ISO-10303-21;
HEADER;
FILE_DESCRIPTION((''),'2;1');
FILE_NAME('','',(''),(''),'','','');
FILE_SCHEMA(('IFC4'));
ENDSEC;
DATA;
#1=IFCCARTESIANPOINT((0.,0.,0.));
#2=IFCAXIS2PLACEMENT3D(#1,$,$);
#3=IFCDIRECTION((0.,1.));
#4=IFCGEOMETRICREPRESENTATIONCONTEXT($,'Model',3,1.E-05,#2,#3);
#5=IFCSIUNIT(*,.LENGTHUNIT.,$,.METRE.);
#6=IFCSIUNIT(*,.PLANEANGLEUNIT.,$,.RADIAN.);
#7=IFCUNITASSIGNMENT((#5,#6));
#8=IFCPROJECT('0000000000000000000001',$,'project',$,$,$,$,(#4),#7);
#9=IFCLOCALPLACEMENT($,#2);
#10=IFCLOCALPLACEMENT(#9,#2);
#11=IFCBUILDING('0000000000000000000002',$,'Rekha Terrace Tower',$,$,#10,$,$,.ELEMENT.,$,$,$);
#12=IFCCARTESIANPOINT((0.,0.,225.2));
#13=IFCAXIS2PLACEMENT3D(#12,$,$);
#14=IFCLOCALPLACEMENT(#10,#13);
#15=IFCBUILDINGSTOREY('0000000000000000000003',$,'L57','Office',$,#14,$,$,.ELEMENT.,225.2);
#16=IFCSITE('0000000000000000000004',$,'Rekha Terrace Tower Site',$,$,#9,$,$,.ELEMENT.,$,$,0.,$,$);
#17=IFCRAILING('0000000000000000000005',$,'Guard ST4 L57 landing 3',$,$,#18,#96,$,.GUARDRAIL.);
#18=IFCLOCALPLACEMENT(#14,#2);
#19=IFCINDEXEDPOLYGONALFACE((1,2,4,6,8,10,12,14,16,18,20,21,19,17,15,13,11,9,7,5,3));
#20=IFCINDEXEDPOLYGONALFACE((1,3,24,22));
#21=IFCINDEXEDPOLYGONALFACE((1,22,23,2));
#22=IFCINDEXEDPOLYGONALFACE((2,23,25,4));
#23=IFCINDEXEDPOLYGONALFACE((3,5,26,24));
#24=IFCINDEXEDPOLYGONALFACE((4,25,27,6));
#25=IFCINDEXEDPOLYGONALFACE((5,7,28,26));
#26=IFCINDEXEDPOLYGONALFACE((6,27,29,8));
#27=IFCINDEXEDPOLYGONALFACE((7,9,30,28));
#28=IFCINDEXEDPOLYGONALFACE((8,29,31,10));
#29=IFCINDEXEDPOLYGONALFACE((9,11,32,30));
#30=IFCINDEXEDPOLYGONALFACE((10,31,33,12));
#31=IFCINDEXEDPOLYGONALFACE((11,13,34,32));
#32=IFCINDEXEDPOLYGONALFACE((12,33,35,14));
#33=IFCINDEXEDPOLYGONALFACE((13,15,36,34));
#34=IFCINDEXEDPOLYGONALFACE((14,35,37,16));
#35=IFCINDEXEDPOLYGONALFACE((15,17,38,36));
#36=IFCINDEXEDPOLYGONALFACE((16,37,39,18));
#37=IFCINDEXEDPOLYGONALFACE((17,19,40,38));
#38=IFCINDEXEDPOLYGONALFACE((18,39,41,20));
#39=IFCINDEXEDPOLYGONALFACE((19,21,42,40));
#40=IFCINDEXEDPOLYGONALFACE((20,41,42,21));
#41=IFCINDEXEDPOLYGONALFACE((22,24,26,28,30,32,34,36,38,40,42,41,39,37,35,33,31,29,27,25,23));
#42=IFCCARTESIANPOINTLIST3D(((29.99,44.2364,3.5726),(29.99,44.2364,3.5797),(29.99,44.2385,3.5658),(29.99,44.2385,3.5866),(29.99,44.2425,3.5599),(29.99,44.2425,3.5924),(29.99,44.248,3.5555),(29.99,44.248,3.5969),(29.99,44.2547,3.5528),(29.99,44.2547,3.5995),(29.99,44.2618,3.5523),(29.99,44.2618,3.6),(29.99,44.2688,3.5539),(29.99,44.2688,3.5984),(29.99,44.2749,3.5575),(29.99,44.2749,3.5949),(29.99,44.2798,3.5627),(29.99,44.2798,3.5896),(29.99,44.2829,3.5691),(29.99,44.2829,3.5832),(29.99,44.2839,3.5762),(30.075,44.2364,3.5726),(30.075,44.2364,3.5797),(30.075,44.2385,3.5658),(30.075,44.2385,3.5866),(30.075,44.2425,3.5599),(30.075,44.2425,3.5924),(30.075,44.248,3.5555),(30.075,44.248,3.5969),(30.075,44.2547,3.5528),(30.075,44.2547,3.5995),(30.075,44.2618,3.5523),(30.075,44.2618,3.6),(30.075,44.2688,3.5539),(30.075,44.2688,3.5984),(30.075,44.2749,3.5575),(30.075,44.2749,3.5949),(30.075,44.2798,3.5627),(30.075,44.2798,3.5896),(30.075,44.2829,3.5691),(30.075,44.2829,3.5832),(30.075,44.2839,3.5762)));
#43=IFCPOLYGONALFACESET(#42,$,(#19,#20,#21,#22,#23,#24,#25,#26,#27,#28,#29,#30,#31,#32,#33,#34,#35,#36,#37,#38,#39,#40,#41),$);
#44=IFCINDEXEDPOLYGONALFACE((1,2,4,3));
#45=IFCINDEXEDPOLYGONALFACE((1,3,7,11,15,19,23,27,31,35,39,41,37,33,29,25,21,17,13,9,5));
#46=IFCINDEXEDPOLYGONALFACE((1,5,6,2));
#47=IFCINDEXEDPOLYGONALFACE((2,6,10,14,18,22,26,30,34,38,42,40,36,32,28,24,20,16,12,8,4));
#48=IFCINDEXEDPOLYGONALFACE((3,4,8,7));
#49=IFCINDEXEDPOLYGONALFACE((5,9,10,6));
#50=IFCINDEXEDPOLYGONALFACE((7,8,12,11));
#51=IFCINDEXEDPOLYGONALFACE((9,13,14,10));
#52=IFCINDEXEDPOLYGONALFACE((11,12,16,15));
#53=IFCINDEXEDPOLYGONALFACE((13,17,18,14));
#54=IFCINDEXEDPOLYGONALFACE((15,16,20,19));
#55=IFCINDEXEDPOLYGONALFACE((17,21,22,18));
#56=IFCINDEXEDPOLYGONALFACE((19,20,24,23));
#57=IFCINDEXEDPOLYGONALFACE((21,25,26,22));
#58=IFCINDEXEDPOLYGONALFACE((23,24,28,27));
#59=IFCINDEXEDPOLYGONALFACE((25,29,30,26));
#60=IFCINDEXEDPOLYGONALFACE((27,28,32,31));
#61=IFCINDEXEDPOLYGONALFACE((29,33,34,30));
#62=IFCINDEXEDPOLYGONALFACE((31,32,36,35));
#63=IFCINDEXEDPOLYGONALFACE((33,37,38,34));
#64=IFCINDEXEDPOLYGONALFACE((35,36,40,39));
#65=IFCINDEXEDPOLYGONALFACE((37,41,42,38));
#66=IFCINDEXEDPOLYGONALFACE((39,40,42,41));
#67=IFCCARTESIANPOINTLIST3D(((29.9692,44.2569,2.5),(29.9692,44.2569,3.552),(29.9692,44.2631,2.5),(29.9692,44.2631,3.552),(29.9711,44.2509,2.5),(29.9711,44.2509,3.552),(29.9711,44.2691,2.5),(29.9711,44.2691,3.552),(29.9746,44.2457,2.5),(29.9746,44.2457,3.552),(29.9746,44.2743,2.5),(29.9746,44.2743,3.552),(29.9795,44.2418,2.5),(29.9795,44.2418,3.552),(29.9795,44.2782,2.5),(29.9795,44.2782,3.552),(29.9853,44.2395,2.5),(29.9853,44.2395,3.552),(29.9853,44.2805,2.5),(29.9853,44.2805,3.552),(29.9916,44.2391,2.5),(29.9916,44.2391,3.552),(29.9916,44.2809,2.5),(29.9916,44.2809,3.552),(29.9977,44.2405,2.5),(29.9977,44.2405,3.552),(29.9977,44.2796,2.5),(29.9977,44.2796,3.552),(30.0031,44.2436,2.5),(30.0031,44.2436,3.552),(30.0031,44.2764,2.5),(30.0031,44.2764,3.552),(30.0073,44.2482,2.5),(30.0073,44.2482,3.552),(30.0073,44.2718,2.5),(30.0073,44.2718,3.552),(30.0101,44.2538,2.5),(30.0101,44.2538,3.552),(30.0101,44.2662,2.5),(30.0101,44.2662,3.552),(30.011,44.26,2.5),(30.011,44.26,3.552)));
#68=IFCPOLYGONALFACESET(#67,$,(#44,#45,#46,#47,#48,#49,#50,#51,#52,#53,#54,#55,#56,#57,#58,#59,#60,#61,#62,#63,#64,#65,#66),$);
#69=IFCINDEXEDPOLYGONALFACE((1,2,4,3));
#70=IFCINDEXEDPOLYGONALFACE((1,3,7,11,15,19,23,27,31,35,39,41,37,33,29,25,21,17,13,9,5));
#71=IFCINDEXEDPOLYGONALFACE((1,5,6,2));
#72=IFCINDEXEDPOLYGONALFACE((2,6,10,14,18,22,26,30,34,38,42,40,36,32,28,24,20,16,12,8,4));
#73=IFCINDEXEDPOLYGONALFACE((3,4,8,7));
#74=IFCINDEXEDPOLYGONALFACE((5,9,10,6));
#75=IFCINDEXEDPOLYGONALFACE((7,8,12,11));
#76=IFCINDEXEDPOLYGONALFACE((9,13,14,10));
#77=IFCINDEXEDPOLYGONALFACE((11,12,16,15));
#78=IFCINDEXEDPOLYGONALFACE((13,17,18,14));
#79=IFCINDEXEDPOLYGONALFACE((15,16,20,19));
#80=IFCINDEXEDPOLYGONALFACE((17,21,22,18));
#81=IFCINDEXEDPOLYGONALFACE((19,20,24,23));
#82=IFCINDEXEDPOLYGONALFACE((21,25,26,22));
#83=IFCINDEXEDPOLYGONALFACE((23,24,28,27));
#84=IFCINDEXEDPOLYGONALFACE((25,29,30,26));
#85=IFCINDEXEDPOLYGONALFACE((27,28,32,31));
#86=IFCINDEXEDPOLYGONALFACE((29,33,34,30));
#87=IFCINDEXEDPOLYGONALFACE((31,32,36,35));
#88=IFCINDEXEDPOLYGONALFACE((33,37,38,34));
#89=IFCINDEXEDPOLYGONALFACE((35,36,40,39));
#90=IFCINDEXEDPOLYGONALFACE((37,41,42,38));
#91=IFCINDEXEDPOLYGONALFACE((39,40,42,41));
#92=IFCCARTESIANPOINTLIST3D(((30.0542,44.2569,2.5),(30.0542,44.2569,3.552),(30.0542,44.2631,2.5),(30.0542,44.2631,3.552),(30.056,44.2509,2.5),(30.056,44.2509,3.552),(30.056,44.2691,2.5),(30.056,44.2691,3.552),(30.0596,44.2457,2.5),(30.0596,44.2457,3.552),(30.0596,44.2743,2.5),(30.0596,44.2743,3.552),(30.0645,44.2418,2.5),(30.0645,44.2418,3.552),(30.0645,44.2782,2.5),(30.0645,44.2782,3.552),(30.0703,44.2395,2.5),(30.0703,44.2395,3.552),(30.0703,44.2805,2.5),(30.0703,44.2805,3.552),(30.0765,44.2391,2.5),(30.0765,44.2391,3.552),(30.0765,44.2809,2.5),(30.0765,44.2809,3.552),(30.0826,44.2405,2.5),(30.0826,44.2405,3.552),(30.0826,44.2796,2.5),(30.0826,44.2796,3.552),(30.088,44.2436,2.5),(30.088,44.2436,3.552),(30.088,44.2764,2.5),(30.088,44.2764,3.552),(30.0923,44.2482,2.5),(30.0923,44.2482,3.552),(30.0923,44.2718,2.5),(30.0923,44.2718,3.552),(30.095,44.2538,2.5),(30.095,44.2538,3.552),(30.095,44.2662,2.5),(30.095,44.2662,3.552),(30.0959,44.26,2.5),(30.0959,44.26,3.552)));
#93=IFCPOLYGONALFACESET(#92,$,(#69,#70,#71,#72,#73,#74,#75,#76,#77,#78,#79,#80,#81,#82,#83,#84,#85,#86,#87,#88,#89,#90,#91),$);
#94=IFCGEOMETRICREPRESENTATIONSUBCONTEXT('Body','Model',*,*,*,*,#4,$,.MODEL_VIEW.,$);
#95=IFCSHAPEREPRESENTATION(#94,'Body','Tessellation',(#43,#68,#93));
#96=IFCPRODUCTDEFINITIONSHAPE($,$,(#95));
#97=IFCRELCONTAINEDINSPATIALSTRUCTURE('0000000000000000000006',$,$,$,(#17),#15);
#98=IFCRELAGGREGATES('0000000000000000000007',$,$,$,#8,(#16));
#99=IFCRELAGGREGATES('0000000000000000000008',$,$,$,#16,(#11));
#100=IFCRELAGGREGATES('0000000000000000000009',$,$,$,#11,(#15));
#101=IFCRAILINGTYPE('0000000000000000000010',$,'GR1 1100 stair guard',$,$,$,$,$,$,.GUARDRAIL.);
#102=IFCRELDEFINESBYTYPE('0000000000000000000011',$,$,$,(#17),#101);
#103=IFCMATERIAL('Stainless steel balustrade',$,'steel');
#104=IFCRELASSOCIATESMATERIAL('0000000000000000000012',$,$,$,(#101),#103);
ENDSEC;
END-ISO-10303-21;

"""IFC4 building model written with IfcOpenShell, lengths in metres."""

from ifc_helpers import new_model, si_unit, direction, frame, origin, origin_2d, place, context, subcontext, project, spatial, circle, extrude, material, type_object, element, save


model = new_model("IFC4")

# Units and contexts
model_context = context("Model", 3, precision=1e-05, world=origin(), true_north=direction((0.0, 1.0)))
body_context = subcontext(model_context, "Body", "Model", "MODEL_VIEW")
ifc_project = project(units=[si_unit("LENGTHUNIT", "METRE"), si_unit("PLANEANGLEUNIT", "RADIAN")], contexts=[model_context])

# Site, building, storey
site_placement = place(None, origin())
site = spatial("IfcSite", under=ifc_project, at=site_placement, Name="Rekha Terrace Tower Site", CompositionType="ELEMENT", RefElevation=0.0)
building_placement = place(site_placement, origin())
building = spatial("IfcBuilding", under=site, at=building_placement, Name="Rekha Terrace Tower", CompositionType="ELEMENT")
storey_placement = place(building_placement, frame((0.0, 0.0, 225.2)))
storey = spatial("IfcBuildingStorey", under=building, at=storey_placement, Name="L57", Description="Office", CompositionType="ELEMENT", Elevation=225.2)

# Railing
ifc_material_1 = material(Name="Stainless steel balustrade", Category="steel")
railing_type_1 = type_object("IfcRailingType", Name="GR1 1100 stair guard", PredefinedType="GUARDRAIL", material=ifc_material_1)
railing_1_placement = place(storey_placement, frame((29.99, 44.26, 2.5)))
element("IfcRailing", 1, at=railing_1_placement, inside=storey, type_object=railing_type_1, Name="Guard ST4 L57 landing 3", PredefinedType="GUARDRAIL", context=body_context, shape_type="SweptSolid", body=[
    extrude(circle(Radius=0.0239, at=origin_2d()), frame((0.0, 0.0, 1.0762), z_axis=(1.0, 0.0, 0.0), x_axis=(0.0, 1.0, 0.0)), (0.0, 0.0, 1.0), 0.085),
    extrude(circle(Radius=0.021, at=origin_2d()), origin(), (0.0, 0.0, 1.0), 1.052),
    extrude(circle(Radius=0.021, at=origin_2d()), frame((0.085, 0.0, 0.0)), (0.0, 0.0, 1.0), 1.052),
])

save(model, "model.ifc")
